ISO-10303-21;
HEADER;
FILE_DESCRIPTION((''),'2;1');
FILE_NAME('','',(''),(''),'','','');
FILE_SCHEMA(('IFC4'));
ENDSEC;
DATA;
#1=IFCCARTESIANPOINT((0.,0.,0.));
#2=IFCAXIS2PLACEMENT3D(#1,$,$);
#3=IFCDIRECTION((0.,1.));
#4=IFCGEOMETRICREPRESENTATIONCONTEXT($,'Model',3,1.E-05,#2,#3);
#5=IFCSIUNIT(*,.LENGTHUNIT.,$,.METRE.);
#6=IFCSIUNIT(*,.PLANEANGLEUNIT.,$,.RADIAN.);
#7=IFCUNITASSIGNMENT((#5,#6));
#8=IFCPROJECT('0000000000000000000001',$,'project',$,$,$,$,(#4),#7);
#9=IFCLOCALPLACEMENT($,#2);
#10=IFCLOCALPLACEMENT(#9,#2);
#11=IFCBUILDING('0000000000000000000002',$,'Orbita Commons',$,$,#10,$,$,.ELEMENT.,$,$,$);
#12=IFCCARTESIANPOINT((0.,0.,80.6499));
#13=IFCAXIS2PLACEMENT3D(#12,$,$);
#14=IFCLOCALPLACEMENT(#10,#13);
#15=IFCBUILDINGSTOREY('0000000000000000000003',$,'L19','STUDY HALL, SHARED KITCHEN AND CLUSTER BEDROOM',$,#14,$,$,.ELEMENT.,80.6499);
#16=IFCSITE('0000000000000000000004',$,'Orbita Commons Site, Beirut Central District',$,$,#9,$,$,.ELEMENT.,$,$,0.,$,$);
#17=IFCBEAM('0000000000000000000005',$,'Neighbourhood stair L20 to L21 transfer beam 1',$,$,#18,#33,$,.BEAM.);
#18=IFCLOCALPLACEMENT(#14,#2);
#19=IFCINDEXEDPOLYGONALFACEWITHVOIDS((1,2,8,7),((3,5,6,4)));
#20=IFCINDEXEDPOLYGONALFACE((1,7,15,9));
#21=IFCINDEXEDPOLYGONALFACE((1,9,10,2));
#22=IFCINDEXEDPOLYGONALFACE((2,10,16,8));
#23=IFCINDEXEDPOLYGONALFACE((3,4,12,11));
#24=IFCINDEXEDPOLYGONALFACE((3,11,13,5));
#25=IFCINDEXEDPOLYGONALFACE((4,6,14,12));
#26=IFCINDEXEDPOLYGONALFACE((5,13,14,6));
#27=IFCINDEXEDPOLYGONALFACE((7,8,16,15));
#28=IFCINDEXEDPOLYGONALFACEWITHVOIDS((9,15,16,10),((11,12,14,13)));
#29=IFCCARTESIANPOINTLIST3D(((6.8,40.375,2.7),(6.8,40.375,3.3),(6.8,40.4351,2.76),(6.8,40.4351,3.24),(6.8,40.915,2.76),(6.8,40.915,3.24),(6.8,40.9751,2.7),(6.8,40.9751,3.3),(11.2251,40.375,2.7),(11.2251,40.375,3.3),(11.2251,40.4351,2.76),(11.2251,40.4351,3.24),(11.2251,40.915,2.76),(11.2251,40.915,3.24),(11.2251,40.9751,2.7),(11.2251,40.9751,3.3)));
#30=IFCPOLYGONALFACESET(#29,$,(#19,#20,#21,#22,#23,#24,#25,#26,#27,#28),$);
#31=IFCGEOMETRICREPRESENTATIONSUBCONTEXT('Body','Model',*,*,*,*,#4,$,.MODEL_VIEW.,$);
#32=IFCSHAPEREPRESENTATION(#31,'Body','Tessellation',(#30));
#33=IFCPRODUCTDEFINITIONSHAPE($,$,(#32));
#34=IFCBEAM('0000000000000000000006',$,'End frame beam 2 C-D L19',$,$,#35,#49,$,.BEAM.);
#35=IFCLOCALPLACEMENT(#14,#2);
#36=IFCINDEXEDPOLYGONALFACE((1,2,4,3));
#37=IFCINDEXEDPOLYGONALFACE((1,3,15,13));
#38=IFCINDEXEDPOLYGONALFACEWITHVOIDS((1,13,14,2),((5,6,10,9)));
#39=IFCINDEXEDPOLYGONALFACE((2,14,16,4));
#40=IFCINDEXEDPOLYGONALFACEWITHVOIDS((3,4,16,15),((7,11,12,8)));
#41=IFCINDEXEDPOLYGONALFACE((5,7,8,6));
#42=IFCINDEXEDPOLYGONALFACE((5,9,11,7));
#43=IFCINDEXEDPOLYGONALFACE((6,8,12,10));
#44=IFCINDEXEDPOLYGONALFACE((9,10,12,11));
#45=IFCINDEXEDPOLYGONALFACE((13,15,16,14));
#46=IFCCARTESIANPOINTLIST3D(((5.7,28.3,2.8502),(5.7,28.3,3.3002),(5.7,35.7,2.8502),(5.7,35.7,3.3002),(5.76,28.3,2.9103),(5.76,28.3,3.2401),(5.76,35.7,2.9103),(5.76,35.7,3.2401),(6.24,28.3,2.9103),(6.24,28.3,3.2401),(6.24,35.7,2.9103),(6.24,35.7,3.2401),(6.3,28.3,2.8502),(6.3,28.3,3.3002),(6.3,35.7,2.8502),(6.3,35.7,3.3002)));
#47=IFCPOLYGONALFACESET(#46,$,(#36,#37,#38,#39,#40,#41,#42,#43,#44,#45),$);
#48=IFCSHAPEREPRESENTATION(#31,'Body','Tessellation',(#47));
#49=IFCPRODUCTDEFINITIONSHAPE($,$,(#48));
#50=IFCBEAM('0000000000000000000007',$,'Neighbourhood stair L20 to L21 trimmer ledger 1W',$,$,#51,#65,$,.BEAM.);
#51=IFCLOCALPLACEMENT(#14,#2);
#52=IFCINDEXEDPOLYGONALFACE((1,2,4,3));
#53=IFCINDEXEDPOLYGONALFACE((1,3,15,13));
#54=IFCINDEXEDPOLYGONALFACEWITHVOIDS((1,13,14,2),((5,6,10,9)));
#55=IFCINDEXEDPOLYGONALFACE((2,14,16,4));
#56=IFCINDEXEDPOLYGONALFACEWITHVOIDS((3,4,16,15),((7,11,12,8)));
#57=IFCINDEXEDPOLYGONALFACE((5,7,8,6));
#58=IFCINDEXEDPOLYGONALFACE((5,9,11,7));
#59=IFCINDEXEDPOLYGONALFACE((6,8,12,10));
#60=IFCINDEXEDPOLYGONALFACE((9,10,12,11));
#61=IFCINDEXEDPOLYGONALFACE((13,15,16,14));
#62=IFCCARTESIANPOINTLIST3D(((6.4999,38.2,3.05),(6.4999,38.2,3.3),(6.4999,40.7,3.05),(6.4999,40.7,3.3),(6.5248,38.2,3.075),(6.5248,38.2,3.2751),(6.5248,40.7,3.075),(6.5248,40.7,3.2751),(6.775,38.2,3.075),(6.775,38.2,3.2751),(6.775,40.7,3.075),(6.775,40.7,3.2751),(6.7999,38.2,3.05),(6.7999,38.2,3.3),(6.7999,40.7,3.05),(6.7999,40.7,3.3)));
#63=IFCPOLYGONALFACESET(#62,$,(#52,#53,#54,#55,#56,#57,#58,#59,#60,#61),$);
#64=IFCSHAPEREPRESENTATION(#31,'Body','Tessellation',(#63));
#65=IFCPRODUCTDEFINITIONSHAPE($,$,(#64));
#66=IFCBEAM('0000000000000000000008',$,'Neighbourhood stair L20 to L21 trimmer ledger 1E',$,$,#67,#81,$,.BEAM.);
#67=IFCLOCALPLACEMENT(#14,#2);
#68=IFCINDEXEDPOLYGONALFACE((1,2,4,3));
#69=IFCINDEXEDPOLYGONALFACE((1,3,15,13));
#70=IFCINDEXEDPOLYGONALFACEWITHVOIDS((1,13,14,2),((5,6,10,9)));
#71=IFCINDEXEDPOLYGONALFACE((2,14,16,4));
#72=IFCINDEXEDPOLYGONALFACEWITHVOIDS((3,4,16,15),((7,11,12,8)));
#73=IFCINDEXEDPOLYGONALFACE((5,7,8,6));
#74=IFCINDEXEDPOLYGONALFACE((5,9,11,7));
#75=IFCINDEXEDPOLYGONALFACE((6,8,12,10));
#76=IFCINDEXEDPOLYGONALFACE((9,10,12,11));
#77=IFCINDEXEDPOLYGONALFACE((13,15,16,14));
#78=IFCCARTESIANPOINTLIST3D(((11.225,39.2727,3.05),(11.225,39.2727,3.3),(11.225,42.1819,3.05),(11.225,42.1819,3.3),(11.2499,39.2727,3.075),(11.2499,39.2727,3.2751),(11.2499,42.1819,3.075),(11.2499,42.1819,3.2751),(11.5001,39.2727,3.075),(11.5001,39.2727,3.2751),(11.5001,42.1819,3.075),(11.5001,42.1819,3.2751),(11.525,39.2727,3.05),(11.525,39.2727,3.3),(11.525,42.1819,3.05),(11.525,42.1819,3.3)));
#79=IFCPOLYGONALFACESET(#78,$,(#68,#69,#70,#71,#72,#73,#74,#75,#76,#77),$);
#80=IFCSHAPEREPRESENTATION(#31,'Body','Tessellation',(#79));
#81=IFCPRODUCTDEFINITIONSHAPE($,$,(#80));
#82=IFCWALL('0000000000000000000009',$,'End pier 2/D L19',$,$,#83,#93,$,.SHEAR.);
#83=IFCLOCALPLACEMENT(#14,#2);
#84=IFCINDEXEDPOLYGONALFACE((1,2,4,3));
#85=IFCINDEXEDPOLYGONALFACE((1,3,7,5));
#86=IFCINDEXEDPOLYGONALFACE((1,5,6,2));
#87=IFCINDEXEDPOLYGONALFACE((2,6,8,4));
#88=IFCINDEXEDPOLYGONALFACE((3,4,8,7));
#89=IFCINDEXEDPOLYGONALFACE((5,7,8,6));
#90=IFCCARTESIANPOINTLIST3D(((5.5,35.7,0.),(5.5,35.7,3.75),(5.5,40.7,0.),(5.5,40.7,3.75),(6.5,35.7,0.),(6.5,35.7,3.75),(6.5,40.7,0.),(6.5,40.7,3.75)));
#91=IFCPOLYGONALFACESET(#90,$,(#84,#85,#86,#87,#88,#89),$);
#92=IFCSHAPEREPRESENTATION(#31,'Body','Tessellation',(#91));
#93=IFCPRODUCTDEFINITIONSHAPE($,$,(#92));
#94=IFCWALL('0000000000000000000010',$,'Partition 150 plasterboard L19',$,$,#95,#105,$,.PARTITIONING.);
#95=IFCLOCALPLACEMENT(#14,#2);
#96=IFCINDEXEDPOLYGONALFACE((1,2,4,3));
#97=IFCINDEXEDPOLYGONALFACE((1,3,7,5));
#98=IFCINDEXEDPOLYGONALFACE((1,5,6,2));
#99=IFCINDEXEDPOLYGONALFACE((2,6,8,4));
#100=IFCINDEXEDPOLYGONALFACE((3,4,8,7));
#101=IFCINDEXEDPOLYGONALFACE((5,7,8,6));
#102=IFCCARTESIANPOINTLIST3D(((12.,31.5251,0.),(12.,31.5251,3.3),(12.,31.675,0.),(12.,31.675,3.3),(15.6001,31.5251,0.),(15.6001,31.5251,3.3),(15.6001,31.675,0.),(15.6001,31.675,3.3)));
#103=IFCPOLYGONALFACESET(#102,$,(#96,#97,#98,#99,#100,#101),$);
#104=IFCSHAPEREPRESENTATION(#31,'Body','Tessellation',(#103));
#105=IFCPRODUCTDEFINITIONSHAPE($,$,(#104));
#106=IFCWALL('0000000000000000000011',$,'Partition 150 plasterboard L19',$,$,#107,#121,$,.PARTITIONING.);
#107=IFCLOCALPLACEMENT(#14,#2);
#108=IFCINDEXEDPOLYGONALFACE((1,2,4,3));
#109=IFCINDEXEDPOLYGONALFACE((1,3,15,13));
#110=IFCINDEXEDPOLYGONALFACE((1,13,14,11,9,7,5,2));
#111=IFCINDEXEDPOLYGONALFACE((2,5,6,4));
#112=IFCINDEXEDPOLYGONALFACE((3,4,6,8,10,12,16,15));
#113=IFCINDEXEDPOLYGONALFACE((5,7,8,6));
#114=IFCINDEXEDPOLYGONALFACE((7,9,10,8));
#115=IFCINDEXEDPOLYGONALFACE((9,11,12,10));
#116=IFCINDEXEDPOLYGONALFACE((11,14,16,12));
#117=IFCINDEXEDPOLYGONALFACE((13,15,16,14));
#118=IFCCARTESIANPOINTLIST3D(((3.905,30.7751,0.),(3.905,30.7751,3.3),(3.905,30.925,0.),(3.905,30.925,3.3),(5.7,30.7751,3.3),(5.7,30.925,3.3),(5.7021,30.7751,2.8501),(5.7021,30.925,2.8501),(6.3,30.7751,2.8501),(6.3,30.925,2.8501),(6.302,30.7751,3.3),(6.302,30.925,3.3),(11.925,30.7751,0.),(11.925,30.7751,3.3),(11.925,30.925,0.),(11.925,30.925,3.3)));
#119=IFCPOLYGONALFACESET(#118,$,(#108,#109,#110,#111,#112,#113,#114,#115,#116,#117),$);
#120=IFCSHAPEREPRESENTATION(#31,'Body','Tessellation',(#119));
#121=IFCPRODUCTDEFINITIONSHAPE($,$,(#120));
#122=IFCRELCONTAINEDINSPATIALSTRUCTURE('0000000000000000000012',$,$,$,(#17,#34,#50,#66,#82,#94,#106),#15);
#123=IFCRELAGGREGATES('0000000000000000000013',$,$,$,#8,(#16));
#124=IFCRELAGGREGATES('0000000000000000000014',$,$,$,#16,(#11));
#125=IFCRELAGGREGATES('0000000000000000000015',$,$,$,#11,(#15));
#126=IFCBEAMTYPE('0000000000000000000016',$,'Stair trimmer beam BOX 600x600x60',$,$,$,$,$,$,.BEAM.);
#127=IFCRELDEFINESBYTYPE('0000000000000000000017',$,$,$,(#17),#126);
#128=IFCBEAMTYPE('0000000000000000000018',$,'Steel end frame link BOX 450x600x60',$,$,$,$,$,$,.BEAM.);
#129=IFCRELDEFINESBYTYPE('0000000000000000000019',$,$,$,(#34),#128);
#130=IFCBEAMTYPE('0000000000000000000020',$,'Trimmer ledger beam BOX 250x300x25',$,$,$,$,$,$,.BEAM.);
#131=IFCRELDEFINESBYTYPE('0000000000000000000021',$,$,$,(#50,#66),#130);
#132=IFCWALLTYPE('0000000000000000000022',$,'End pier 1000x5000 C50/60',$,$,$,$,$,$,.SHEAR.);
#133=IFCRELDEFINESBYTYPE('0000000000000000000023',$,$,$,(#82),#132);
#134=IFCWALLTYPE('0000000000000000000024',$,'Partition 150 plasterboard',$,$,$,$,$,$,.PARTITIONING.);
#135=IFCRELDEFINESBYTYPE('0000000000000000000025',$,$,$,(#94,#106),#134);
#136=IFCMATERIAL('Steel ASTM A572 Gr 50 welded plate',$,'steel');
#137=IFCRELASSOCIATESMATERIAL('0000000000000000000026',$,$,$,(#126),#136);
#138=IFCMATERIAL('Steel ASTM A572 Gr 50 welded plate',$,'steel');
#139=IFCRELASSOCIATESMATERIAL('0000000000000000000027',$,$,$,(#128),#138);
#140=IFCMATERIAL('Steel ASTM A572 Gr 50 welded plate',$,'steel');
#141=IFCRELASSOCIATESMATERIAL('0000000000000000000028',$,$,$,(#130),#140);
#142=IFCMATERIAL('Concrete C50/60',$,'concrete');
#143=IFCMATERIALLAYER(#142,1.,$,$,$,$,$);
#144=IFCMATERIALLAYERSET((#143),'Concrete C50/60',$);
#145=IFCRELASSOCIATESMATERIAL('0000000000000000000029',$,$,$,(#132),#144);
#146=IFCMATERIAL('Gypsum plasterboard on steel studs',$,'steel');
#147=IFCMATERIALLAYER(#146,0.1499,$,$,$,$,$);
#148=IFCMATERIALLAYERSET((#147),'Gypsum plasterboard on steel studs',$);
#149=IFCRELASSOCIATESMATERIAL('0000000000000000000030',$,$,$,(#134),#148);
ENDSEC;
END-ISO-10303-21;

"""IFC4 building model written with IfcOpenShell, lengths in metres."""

from ifc_helpers import new_model, si_unit, direction, frame, frame_2d, origin, origin_2d, place, context, subcontext, project, spatial, polyline, rectangle, hollow_rectangle, outline, extrude, material, layer, layer_set, material_profile, profile_set, type_object, element, save


model = new_model("IFC4")

# Units and contexts
model_context = context("Model", 3, precision=1e-05, world=origin(), true_north=direction((0.0, 1.0)))
body_context = subcontext(model_context, "Body", "Model", "MODEL_VIEW")
ifc_project = project(units=[si_unit("LENGTHUNIT", "METRE"), si_unit("PLANEANGLEUNIT", "RADIAN")], contexts=[model_context])

# Site, building, storey
site_placement = place(None, origin())
site = spatial("IfcSite", under=ifc_project, at=site_placement, Name="Orbita Commons Site, Beirut Central District", CompositionType="ELEMENT", RefElevation=0.0)
building_placement = place(site_placement, origin())
building = spatial("IfcBuilding", under=site, at=building_placement, Name="Orbita Commons", CompositionType="ELEMENT")
storey_placement = place(building_placement, frame((0.0, 0.0, 80.6499)))
storey = spatial("IfcBuildingStorey", under=building, at=storey_placement, Name="L19", Description="STUDY HALL, SHARED KITCHEN AND CLUSTER BEDROOM", CompositionType="ELEMENT", Elevation=80.6499)

# Beams
ifc_material_1 = material(Name="Steel ASTM A572 Gr 50 welded plate", Category="steel")
ifc_material_profile_1 = material_profile(ifc_material_1, hollow_rectangle(XDim=0.6001, YDim=0.6001, WallThickness=0.0601, at=origin_2d()), Name="BOX 600x600x60")
ifc_profile_set_1 = profile_set([ifc_material_profile_1], Name="Steel ASTM A572 Gr 50 welded plate")
beam_type_1 = type_object("IfcBeamType", Name="Stair trimmer beam BOX 600x600x60", PredefinedType="BEAM", material=ifc_profile_set_1)
beam_1_placement = place(storey_placement, frame((6.8, 40.675, 3.0), z_axis=(1.0, 0.0, 0.0), x_axis=(0.0, 1.0, 0.0)))
element("IfcBeam", 1, at=beam_1_placement, inside=storey, type_object=beam_type_1, Name="Neighbourhood stair L20 to L21 transfer beam 1", PredefinedType="BEAM", context=body_context, shape_type="SweptSolid", body=[
    extrude(hollow_rectangle(XDim=0.6001, YDim=0.6001, WallThickness=0.0601, at=origin_2d()), origin(), (0.0, 0.0, 1.0), 4.425),
])
ifc_material_2 = material(Name="Steel ASTM A572 Gr 50 welded plate", Category="steel")
ifc_material_profile_2 = material_profile(ifc_material_2, hollow_rectangle(XDim=0.6001, YDim=0.45, WallThickness=0.0601, at=origin_2d()), Name="BOX 450x600x60")
ifc_profile_set_2 = profile_set([ifc_material_profile_2], Name="Steel ASTM A572 Gr 50 welded plate")
beam_type_2 = type_object("IfcBeamType", Name="Steel end frame link BOX 450x600x60", PredefinedType="BEAM", material=ifc_profile_set_2)
beam_2_placement = place(storey_placement, frame((6.0, 28.3, 3.0752), z_axis=(0.0, 1.0, 0.0), x_axis=(-1.0, 0.0, 0.0)))
element("IfcBeam", 2, at=beam_2_placement, inside=storey, type_object=beam_type_2, Name="End frame beam 2 C-D L19", PredefinedType="BEAM", context=body_context, shape_type="SweptSolid", body=[
    extrude(hollow_rectangle(XDim=0.6001, YDim=0.45, WallThickness=0.0601, at=origin_2d()), origin(), (0.0, 0.0, 1.0), 7.3999),
])
ifc_material_3 = material(Name="Steel ASTM A572 Gr 50 welded plate", Category="steel")
ifc_material_profile_3 = material_profile(ifc_material_3, hollow_rectangle(XDim=0.3, YDim=0.25, WallThickness=0.0249, at=origin_2d()), Name="BOX 250x300x25")
ifc_profile_set_3 = profile_set([ifc_material_profile_3], Name="Steel ASTM A572 Gr 50 welded plate")
beam_type_3 = type_object("IfcBeamType", Name="Trimmer ledger beam BOX 250x300x25", PredefinedType="BEAM", material=ifc_profile_set_3)
beam_3_placement = place(storey_placement, frame((6.6499, 38.2, 3.175), z_axis=(0.0, 1.0, 0.0), x_axis=(-1.0, 0.0, 0.0)))
element("IfcBeam", 3, at=beam_3_placement, inside=storey, type_object=beam_type_3, Name="Neighbourhood stair L20 to L21 trimmer ledger 1W", PredefinedType="BEAM", context=body_context, shape_type="SweptSolid", body=[
    extrude(hollow_rectangle(XDim=0.3, YDim=0.25, WallThickness=0.0249, at=origin_2d()), origin(), (0.0, 0.0, 1.0), 2.5),
])
beam_4_placement = place(storey_placement, frame((11.375, 39.2727, 3.175), z_axis=(0.0, 1.0, 0.0), x_axis=(-1.0, 0.0, 0.0)))
element("IfcBeam", 4, at=beam_4_placement, inside=storey, type_object=beam_type_3, Name="Neighbourhood stair L20 to L21 trimmer ledger 1E", PredefinedType="BEAM", context=body_context, shape_type="SweptSolid", body=[
    extrude(hollow_rectangle(XDim=0.3, YDim=0.25, WallThickness=0.0249, at=origin_2d()), origin(), (0.0, 0.0, 1.0), 2.9092),
])

# Walls
ifc_material_4 = material(Name="Concrete C50/60", Category="concrete")
ifc_layer_1 = layer(ifc_material_4, 1.0)
ifc_layer_set_1 = layer_set([ifc_layer_1], Name="Concrete C50/60")
wall_type_1 = type_object("IfcWallType", Name="End pier 1000x5000 C50/60", PredefinedType="SHEAR", material=ifc_layer_set_1)
wall_1_placement = place(storey_placement, frame((6.0, 35.7, 0.0), z_axis=(0.0, 0.0, 1.0), x_axis=(0.0, 1.0, 0.0)))
element("IfcWall", 5, at=wall_1_placement, inside=storey, type_object=wall_type_1, Name="End pier 2/D L19", PredefinedType="SHEAR", context=body_context, shape_type="SweptSolid", body=[
    extrude(rectangle(XDim=5.0, YDim=1.0, at=frame_2d((2.5, 0.0))), origin(), (0.0, 0.0, 1.0), 3.75),
])
ifc_material_5 = material(Name="Gypsum plasterboard on steel studs", Category="steel")
ifc_layer_2 = layer(ifc_material_5, 0.1499)
ifc_layer_set_2 = layer_set([ifc_layer_2], Name="Gypsum plasterboard on steel studs")
wall_type_2 = type_object("IfcWallType", Name="Partition 150 plasterboard", PredefinedType="PARTITIONING", material=ifc_layer_set_2)
wall_2_placement = place(storey_placement, frame((12.0, 31.6001, 0.0), z_axis=(0.0, 0.0, 1.0), x_axis=(1.0, 0.0, 0.0)))
element("IfcWall", 6, at=wall_2_placement, inside=storey, type_object=wall_type_2, Name="Partition 150 plasterboard L19", PredefinedType="PARTITIONING", context=body_context, shape_type="SweptSolid", body=[
    extrude(rectangle(XDim=3.6001, YDim=0.1499, at=frame_2d((1.8, 0.0))), origin(), (0.0, 0.0, 1.0), 3.3),
])
wall_3_placement = place(storey_placement, frame((3.905, 30.8501, 0.0), z_axis=(0.0, 0.0, 1.0), x_axis=(1.0, 0.0, 0.0)))
element("IfcWall", 7, at=wall_3_placement, inside=storey, type_object=wall_type_2, Name="Partition 150 plasterboard L19", PredefinedType="PARTITIONING", context=body_context, shape_type="SweptSolid", body=[
    extrude(outline(polyline([(0.0, 0.0), (8.02, 0.0), (8.02, 3.3), (2.397, 3.3), (2.395, 2.8501), (1.7971, 2.8501), (1.7949, 3.3), (0.0, 3.3), (0.0, 0.0)])), frame((0.0, 0.075, 0.0), z_axis=(0.0, -1.0, 0.0), x_axis=(1.0, 0.0, 0.0)), (0.0, 0.0, 1.0), 0.1499),
])

save(model, "model.ifc")
